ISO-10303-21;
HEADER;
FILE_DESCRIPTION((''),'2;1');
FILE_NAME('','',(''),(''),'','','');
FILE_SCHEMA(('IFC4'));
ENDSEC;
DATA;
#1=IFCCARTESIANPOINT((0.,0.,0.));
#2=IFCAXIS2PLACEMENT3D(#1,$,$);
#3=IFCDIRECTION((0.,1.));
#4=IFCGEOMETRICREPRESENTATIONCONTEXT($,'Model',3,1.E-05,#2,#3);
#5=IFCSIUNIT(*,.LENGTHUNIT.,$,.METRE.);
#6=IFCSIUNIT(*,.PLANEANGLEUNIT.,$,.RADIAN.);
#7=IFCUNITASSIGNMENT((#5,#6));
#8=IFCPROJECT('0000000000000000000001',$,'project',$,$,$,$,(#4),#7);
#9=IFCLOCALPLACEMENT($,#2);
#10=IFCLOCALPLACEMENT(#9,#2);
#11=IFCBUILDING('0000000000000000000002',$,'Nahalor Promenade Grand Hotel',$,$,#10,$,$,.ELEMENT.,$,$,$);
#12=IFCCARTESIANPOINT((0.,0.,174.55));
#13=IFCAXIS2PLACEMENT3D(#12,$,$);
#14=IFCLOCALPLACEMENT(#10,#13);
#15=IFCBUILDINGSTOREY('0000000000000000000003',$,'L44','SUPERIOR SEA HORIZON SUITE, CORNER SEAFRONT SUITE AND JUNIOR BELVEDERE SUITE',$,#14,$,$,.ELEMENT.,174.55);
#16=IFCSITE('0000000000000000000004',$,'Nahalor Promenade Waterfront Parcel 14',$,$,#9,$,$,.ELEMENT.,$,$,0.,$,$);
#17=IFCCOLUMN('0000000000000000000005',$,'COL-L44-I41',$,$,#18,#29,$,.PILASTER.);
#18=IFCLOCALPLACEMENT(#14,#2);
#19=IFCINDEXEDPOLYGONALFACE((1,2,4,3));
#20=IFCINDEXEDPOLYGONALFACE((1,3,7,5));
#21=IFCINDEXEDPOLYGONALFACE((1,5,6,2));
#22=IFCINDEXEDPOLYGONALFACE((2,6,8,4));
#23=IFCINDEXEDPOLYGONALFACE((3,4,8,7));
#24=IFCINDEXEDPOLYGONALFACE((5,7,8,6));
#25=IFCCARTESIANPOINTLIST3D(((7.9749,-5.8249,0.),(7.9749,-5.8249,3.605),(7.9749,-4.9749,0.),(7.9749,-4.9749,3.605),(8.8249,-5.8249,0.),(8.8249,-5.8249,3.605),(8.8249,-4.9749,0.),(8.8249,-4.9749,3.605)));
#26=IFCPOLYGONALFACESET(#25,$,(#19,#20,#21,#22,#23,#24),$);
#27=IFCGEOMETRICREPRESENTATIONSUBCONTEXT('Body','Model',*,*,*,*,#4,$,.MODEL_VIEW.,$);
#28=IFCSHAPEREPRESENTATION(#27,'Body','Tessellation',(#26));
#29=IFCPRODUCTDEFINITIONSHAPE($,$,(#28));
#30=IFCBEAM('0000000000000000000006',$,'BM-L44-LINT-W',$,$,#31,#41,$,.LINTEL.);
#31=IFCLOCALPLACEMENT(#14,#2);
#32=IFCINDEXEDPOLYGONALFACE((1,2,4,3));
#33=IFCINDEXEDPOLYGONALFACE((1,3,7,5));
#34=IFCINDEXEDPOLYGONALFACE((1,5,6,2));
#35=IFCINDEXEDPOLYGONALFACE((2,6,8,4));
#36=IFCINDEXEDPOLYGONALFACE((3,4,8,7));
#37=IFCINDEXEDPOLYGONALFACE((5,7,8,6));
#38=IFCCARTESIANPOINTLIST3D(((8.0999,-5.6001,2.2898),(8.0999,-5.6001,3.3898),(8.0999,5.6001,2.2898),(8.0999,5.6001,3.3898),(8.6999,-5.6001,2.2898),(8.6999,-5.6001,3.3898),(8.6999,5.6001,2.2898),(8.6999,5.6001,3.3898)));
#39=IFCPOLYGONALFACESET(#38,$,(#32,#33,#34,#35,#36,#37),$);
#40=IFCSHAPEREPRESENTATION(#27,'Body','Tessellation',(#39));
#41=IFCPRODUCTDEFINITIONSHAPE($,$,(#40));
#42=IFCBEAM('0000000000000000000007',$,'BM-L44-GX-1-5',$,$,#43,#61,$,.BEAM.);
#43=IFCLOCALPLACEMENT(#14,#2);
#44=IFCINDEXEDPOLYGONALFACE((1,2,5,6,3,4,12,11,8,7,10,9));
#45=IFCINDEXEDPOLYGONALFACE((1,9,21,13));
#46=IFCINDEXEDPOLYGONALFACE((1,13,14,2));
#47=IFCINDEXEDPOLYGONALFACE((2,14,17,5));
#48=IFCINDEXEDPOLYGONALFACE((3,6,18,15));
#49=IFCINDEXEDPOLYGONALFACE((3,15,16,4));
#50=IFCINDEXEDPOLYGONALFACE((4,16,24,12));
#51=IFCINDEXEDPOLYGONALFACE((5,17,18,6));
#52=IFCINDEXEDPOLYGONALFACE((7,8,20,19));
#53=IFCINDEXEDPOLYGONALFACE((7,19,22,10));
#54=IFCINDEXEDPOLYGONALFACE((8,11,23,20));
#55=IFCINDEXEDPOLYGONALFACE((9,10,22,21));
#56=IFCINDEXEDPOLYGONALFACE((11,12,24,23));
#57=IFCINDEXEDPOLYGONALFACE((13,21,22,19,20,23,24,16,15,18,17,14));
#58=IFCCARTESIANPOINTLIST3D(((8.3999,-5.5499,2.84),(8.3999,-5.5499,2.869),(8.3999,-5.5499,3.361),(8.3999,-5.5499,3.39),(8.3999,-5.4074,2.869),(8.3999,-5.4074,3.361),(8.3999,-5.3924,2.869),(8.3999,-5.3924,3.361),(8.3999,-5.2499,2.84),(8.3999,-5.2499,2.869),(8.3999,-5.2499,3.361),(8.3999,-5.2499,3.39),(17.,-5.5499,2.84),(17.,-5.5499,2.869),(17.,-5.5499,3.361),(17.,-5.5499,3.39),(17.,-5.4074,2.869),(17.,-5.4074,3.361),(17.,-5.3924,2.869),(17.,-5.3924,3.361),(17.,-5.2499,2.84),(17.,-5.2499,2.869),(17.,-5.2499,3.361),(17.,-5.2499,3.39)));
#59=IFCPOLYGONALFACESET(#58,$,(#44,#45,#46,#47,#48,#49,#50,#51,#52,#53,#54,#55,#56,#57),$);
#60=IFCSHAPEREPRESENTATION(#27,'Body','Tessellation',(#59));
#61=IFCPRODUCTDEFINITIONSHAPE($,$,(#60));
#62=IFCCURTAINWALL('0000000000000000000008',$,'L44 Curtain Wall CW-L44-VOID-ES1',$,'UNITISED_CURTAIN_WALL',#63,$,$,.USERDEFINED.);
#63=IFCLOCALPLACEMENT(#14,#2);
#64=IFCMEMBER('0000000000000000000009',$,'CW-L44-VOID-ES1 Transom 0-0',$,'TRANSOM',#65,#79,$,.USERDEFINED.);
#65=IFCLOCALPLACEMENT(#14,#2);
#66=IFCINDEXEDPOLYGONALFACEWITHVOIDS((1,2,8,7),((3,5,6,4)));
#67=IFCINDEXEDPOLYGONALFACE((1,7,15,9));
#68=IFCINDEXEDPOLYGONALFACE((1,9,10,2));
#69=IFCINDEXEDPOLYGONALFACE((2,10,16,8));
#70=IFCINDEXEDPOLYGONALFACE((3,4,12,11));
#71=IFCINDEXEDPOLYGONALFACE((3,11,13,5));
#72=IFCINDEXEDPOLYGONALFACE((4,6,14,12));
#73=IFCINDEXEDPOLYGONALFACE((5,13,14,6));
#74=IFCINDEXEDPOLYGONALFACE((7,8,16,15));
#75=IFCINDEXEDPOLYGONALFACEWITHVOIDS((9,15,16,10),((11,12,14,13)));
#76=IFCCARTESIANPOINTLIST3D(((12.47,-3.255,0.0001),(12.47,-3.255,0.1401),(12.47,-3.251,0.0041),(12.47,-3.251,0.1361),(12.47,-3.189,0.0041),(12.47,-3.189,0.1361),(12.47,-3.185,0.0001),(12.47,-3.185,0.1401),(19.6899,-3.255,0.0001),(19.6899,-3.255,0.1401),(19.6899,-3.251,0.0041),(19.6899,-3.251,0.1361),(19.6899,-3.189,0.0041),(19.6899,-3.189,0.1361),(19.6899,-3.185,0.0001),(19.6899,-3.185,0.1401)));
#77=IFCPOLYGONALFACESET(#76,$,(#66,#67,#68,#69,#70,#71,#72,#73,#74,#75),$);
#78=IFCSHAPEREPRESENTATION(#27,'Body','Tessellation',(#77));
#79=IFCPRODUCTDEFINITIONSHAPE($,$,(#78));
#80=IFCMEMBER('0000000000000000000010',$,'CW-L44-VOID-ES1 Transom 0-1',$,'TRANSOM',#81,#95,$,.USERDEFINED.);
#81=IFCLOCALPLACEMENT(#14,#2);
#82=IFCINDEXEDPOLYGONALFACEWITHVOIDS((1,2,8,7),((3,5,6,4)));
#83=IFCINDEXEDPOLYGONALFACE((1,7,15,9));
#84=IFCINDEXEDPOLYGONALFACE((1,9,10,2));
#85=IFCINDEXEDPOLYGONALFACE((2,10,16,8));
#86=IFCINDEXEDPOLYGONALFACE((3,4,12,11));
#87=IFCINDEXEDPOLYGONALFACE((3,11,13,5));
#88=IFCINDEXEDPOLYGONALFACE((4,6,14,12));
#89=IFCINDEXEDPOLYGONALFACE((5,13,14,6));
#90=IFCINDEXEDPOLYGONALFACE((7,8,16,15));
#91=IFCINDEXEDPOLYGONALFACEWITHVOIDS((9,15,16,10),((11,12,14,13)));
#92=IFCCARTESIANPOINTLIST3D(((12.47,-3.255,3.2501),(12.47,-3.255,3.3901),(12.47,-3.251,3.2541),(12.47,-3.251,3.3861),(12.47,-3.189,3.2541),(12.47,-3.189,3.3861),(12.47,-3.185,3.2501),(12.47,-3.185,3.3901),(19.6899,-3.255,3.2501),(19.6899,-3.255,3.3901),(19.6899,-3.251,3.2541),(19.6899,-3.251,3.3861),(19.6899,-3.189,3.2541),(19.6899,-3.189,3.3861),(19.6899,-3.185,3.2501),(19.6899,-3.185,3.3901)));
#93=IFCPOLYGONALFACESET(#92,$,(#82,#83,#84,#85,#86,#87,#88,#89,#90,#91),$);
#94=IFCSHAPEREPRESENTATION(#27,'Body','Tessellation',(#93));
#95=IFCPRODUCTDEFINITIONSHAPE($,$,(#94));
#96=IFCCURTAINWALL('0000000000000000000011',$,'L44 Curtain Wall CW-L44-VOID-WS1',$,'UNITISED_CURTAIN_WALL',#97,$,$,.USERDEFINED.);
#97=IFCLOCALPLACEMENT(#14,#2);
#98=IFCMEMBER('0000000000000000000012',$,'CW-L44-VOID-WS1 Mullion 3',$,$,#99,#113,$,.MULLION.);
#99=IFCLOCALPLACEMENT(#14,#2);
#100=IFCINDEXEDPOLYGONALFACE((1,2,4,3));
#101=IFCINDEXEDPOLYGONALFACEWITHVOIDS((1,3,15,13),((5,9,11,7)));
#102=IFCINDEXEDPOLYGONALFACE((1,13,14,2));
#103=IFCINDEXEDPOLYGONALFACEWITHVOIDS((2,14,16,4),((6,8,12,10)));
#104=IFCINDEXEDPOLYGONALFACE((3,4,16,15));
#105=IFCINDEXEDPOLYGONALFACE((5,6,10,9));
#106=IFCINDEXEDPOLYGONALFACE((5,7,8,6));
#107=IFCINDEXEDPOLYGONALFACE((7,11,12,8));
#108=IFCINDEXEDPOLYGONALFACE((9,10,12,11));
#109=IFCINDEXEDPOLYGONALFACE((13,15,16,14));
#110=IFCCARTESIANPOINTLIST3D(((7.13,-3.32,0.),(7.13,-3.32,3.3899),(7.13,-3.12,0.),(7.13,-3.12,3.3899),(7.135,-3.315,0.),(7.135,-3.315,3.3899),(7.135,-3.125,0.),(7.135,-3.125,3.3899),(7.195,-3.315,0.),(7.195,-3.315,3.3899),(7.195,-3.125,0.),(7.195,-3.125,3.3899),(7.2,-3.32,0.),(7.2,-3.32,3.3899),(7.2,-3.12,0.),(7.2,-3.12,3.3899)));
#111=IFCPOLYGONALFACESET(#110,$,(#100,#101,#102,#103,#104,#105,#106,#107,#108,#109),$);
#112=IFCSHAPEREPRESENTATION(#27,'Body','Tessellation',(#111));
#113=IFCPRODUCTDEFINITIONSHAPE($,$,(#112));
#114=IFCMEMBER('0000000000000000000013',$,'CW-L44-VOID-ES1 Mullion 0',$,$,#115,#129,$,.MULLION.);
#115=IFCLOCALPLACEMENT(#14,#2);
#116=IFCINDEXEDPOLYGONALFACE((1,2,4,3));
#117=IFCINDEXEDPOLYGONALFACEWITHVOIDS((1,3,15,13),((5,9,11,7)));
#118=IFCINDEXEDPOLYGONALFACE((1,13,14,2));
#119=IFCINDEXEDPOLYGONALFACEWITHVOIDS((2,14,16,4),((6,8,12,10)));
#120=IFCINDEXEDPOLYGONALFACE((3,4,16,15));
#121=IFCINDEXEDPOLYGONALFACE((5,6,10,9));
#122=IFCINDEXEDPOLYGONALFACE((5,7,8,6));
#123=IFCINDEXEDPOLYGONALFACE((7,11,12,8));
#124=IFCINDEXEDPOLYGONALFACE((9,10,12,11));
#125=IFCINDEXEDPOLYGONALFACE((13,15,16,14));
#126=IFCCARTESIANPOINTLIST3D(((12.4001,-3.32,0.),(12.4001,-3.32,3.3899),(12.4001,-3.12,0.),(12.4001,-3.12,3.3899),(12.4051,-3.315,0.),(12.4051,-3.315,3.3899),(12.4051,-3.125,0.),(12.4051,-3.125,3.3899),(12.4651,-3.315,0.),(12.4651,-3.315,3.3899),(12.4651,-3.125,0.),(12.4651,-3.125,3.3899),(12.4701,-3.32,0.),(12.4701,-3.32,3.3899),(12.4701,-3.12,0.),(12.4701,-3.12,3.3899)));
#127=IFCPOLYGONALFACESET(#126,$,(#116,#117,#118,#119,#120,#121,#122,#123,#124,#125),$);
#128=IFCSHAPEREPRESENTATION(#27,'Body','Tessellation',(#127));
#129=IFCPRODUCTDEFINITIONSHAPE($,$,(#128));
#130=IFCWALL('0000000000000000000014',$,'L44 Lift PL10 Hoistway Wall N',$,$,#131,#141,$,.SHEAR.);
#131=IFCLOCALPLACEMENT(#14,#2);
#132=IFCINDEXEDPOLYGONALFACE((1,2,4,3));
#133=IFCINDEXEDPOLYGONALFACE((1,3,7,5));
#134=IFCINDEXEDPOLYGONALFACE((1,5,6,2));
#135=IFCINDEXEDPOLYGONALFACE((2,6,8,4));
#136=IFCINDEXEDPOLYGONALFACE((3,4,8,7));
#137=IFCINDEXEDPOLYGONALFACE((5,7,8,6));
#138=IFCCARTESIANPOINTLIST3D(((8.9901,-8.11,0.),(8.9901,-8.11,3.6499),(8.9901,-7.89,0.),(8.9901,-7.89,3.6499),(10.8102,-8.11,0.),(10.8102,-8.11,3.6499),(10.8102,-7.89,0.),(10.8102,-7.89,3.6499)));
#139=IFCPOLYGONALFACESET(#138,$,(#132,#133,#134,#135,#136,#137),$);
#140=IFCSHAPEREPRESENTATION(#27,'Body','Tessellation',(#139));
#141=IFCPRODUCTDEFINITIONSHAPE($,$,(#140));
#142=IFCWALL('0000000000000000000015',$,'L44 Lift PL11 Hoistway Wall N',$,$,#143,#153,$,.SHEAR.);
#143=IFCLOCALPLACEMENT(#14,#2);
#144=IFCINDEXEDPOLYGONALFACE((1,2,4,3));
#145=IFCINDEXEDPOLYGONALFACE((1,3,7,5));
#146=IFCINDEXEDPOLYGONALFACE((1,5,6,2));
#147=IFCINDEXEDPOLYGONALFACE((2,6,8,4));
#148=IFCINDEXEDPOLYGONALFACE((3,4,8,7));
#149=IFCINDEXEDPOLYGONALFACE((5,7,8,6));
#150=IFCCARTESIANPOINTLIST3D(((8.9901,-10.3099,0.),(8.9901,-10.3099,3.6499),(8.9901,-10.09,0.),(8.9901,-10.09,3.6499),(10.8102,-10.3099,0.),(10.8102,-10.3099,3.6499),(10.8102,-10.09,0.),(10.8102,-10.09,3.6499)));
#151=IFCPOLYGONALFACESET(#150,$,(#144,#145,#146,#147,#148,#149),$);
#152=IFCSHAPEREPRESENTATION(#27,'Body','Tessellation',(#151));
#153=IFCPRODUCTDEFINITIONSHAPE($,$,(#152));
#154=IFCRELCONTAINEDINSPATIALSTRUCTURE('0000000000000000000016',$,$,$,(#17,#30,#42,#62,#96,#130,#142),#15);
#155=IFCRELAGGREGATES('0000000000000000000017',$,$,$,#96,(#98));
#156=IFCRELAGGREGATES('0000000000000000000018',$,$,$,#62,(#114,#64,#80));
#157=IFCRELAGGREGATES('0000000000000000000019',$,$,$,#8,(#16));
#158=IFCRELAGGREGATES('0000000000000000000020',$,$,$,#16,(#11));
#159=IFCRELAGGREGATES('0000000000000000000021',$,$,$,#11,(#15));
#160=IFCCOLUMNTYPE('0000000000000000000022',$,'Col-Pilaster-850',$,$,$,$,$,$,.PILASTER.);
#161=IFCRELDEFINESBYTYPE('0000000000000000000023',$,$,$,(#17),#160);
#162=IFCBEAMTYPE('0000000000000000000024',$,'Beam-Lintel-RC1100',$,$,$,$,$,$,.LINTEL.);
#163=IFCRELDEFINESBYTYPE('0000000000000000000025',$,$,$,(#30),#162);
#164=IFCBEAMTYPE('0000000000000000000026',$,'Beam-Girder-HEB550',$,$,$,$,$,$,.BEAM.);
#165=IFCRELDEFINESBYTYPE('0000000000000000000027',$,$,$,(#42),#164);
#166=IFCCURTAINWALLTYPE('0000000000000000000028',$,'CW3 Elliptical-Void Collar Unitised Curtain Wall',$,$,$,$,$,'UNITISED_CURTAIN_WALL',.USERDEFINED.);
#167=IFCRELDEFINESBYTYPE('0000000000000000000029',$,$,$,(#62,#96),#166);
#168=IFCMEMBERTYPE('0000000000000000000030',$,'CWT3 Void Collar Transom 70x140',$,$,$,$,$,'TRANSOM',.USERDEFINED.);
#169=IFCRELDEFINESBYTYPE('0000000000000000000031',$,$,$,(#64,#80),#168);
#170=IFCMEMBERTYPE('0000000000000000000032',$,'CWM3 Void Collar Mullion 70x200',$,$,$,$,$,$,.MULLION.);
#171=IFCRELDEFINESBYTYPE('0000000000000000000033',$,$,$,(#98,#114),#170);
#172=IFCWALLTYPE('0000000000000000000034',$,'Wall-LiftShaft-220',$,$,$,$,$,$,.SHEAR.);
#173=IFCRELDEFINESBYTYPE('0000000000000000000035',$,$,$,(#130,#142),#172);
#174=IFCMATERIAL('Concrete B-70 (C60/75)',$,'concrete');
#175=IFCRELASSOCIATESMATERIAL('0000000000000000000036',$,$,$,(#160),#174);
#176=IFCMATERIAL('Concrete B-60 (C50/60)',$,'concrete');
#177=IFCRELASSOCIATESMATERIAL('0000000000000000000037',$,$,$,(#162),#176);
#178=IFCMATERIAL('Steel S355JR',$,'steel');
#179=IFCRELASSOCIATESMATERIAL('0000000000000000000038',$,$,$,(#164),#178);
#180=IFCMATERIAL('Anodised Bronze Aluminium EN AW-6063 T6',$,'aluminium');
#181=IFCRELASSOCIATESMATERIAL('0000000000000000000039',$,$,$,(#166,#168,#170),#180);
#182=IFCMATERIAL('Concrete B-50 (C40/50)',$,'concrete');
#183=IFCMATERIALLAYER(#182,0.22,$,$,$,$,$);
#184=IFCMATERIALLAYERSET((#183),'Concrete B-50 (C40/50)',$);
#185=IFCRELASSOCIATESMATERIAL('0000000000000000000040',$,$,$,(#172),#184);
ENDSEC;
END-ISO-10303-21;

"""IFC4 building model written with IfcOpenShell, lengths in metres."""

from ifc_helpers import new_model, si_unit, direction, frame, frame_2d, origin, origin_2d, place, context, subcontext, project, spatial, rectangle, hollow_rectangle, i_section, extrude, source, transform, mapped, material, layer, layer_set, material_profile, profile_set, type_object, element, aggregate, save


model = new_model("IFC4")

# Units and contexts
model_context = context("Model", 3, precision=1e-05, world=origin(), true_north=direction((0.0, 1.0)))
body_context = subcontext(model_context, "Body", "Model", "MODEL_VIEW")
ifc_project = project(units=[si_unit("LENGTHUNIT", "METRE"), si_unit("PLANEANGLEUNIT", "RADIAN")], contexts=[model_context])

# Site, building, storey
site_placement = place(None, origin())
site = spatial("IfcSite", under=ifc_project, at=site_placement, Name="Nahalor Promenade Waterfront Parcel 14", CompositionType="ELEMENT", RefElevation=0.0)
building_placement = place(site_placement, origin())
building = spatial("IfcBuilding", under=site, at=building_placement, Name="Nahalor Promenade Grand Hotel", CompositionType="ELEMENT")
storey_placement = place(building_placement, frame((0.0, 0.0, 174.55)))
storey = spatial("IfcBuildingStorey", under=building, at=storey_placement, Name="L44", Description="SUPERIOR SEA HORIZON SUITE, CORNER SEAFRONT SUITE AND JUNIOR BELVEDERE SUITE", CompositionType="ELEMENT", Elevation=174.55)

# Column
ifc_material_1 = material(Name="Concrete B-70 (C60/75)", Category="concrete")
ifc_material_profile_1 = material_profile(ifc_material_1, rectangle(XDim=0.85, YDim=0.85, at=origin_2d()), Name="RC 850x850")
ifc_profile_set_1 = profile_set([ifc_material_profile_1], Name="Concrete B-70 (C60/75)")
column_type = type_object("IfcColumnType", Name="Col-Pilaster-850", PredefinedType="PILASTER", material=ifc_profile_set_1)
shared_shape_1 = source(origin(), body_context, "Body", "SweptSolid", [
    extrude(rectangle(XDim=0.85, YDim=0.85, at=origin_2d()), origin(), (0.0, 0.0, 1.0), 3.605),
])
column_placement = place(storey_placement, frame((8.3999, -5.3999, 0.0), z_axis=(0.0, 0.0, 1.0), x_axis=(1.0, 0.0, 0.0)))
element("IfcColumn", 1, at=column_placement, inside=storey, type_object=column_type, Name="COL-L44-I41", PredefinedType="PILASTER", context=body_context, shape_type="MappedRepresentation", body=[
    mapped(shared_shape_1, transform((0.0, 0.0, 0.0), scale=1.0)),
])

# Beams
ifc_material_2 = material(Name="Concrete B-60 (C50/60)", Category="concrete")
ifc_material_profile_2 = material_profile(ifc_material_2, rectangle(XDim=0.6, YDim=1.1, at=origin_2d()), Name="RC 600x1100")
ifc_profile_set_2 = profile_set([ifc_material_profile_2], Name="Concrete B-60 (C50/60)")
beam_type_1 = type_object("IfcBeamType", Name="Beam-Lintel-RC1100", PredefinedType="LINTEL", material=ifc_profile_set_2)
shared_shape_2 = source(origin(), body_context, "Body", "SweptSolid", [
    extrude(rectangle(XDim=0.6, YDim=1.1, at=origin_2d()), origin(), (0.0, 0.0, 1.0), 11.2002),
])
beam_1_placement = place(storey_placement, frame((8.3999, -5.6001, 2.8398), z_axis=(0.0, 1.0, 0.0), x_axis=(-1.0, 0.0, 0.0)))
element("IfcBeam", 2, at=beam_1_placement, inside=storey, type_object=beam_type_1, Name="BM-L44-LINT-W", PredefinedType="LINTEL", context=body_context, shape_type="MappedRepresentation", body=[
    mapped(shared_shape_2, transform((0.0, 0.0, 0.0), scale=1.0)),
])
ifc_material_3 = material(Name="Steel S355JR", Category="steel")
ifc_material_profile_3 = material_profile(ifc_material_3, i_section(OverallWidth=0.3, OverallDepth=0.55, WebThickness=0.015, FlangeThickness=0.029, at=origin_2d()), Name="HEB 550")
ifc_profile_set_3 = profile_set([ifc_material_profile_3], Name="Steel S355JR")
beam_type_2 = type_object("IfcBeamType", Name="Beam-Girder-HEB550", PredefinedType="BEAM", material=ifc_profile_set_3)
shared_shape_3 = source(origin(), body_context, "Body", "SweptSolid", [
    extrude(i_section(OverallWidth=0.3, OverallDepth=0.55, WebThickness=0.015, FlangeThickness=0.029, at=origin_2d()), origin(), (0.0, 0.0, 1.0), 8.6001),
])
beam_2_placement = place(storey_placement, frame((8.3999, -5.3999, 3.115), z_axis=(1.0, 0.0, 0.0), x_axis=(0.0, 1.0, 0.0)))
element("IfcBeam", 3, at=beam_2_placement, inside=storey, type_object=beam_type_2, Name="BM-L44-GX-1-5", PredefinedType="BEAM", context=body_context, shape_type="MappedRepresentation", body=[
    mapped(shared_shape_3, transform((0.0, 0.0, 0.0), scale=1.0)),
])

# Curtain wall, members
ifc_material_4 = material(Name="Anodised Bronze Aluminium EN AW-6063 T6", Category="aluminium")
curtain_wall_type = type_object("IfcCurtainWallType", Name="CW3 Elliptical-Void Collar Unitised Curtain Wall", ElementType="UNITISED_CURTAIN_WALL", PredefinedType="USERDEFINED", material=ifc_material_4)
curtain_wall_1_placement = place(storey_placement, origin())
curtain_wall_1 = element("IfcCurtainWall", 4, at=curtain_wall_1_placement, inside=storey, type_object=curtain_wall_type, Name="L44 Curtain Wall CW-L44-VOID-ES1", ObjectType="UNITISED_CURTAIN_WALL", PredefinedType="USERDEFINED")
ifc_material_profile_4 = material_profile(ifc_material_4, hollow_rectangle(XDim=0.07, YDim=0.14, WallThickness=0.004, at=origin_2d()), Name="CWT 70x140x4")
ifc_profile_set_4 = profile_set([ifc_material_profile_4], Name="Anodised Bronze Aluminium EN AW-6063 T6")
member_type_1 = type_object("IfcMemberType", Name="CWT3 Void Collar Transom 70x140", ElementType="TRANSOM", PredefinedType="USERDEFINED", material=ifc_profile_set_4)
shared_shape_4 = source(origin(), body_context, "Body", "SweptSolid", [
    extrude(hollow_rectangle(XDim=0.07, YDim=0.14, WallThickness=0.004, at=origin_2d()), origin(), (0.0, 0.0, 1.0), 7.22),
])
member_1_placement = place(storey_placement, frame((12.47, -3.22, 0.0701), z_axis=(1.0, 0.0, 0.0), x_axis=(0.0, 1.0, 0.0)))
member_1 = element("IfcMember", 5, at=member_1_placement, type_object=member_type_1, Name="CW-L44-VOID-ES1 Transom 0-0", ObjectType="TRANSOM", PredefinedType="USERDEFINED", context=body_context, shape_type="MappedRepresentation", body=[
    mapped(shared_shape_4, transform((0.0, 0.0, 0.0), scale=1.0)),
])
member_2_placement = place(storey_placement, frame((12.47, -3.22, 3.3201), z_axis=(1.0, 0.0, 0.0), x_axis=(0.0, 1.0, 0.0)))
member_2 = element("IfcMember", 6, at=member_2_placement, type_object=member_type_1, Name="CW-L44-VOID-ES1 Transom 0-1", ObjectType="TRANSOM", PredefinedType="USERDEFINED", context=body_context, shape_type="MappedRepresentation", body=[
    mapped(shared_shape_4, transform((0.0, 0.0, 0.0), scale=1.0)),
])

# Curtain wall, member
curtain_wall_2_placement = place(storey_placement, origin())
curtain_wall_2 = element("IfcCurtainWall", 7, at=curtain_wall_2_placement, inside=storey, type_object=curtain_wall_type, Name="L44 Curtain Wall CW-L44-VOID-WS1", ObjectType="UNITISED_CURTAIN_WALL", PredefinedType="USERDEFINED")
ifc_material_profile_5 = material_profile(ifc_material_4, hollow_rectangle(XDim=0.07, YDim=0.2, WallThickness=0.005, at=origin_2d()), Name="CWM 70x200x5")
ifc_profile_set_5 = profile_set([ifc_material_profile_5], Name="Anodised Bronze Aluminium EN AW-6063 T6")
member_type_2 = type_object("IfcMemberType", Name="CWM3 Void Collar Mullion 70x200", PredefinedType="MULLION", material=ifc_profile_set_5)
shared_shape_5 = source(origin(), body_context, "Body", "SweptSolid", [
    extrude(hollow_rectangle(XDim=0.07, YDim=0.2, WallThickness=0.005, at=origin_2d()), origin(), (0.0, 0.0, 1.0), 3.3899),
])
member_3_placement = place(storey_placement, frame((7.165, -3.22, 0.0), z_axis=(0.0, 0.0, 1.0), x_axis=(1.0, 0.0, 0.0)))
member_3 = element("IfcMember", 8, at=member_3_placement, type_object=member_type_2, Name="CW-L44-VOID-WS1 Mullion 3", PredefinedType="MULLION", context=body_context, shape_type="MappedRepresentation", body=[
    mapped(shared_shape_5, transform((0.0, 0.0, 0.0), scale=1.0)),
])
aggregate(curtain_wall_2, [member_3])

# Member
member_4_placement = place(storey_placement, frame((12.4351, -3.22, 0.0), z_axis=(0.0, 0.0, 1.0), x_axis=(1.0, 0.0, 0.0)))
member_4 = element("IfcMember", 9, at=member_4_placement, type_object=member_type_2, Name="CW-L44-VOID-ES1 Mullion 0", PredefinedType="MULLION", context=body_context, shape_type="MappedRepresentation", body=[
    mapped(shared_shape_5, transform((0.0, 0.0, 0.0), scale=1.0)),
])
aggregate(curtain_wall_1, [member_4, member_1, member_2])

# Walls
ifc_material_5 = material(Name="Concrete B-50 (C40/50)", Category="concrete")
ifc_layer_1 = layer(ifc_material_5, 0.22)
ifc_layer_set_1 = layer_set([ifc_layer_1], Name="Concrete B-50 (C40/50)")
wall_type_1 = type_object("IfcWallType", Name="Wall-LiftShaft-220", PredefinedType="SHEAR", material=ifc_layer_set_1)
shared_shape_6 = source(origin(), body_context, "Body", "SweptSolid", [
    extrude(rectangle(XDim=1.8201, YDim=0.22, at=frame_2d((0.9102, 0.0))), origin(), (0.0, 0.0, 1.0), 3.6499),
])
for number, where, z_axis, x_axis, name in (
    (10, (8.99, -8.0, 0.0), (0.0, 0.0, 1.0), (1.0, 0.0, 0.0), "L44 Lift PL10 Hoistway Wall N"),
    (11, (8.99, -10.2, 0.0), (0.0, 0.0, 1.0), (1.0, 0.0, 0.0), "L44 Lift PL11 Hoistway Wall N"),
):
    element("IfcWall", number, at=place(storey_placement, frame(where, z_axis=z_axis, x_axis=x_axis)), inside=storey, type_object=wall_type_1, Name=name, PredefinedType="SHEAR", context=body_context, shape_type="MappedRepresentation", body=[
        mapped(shared_shape_6, transform((0.0, 0.0, 0.0), scale=1.0)),
    ])

save(model, "model.ifc")
